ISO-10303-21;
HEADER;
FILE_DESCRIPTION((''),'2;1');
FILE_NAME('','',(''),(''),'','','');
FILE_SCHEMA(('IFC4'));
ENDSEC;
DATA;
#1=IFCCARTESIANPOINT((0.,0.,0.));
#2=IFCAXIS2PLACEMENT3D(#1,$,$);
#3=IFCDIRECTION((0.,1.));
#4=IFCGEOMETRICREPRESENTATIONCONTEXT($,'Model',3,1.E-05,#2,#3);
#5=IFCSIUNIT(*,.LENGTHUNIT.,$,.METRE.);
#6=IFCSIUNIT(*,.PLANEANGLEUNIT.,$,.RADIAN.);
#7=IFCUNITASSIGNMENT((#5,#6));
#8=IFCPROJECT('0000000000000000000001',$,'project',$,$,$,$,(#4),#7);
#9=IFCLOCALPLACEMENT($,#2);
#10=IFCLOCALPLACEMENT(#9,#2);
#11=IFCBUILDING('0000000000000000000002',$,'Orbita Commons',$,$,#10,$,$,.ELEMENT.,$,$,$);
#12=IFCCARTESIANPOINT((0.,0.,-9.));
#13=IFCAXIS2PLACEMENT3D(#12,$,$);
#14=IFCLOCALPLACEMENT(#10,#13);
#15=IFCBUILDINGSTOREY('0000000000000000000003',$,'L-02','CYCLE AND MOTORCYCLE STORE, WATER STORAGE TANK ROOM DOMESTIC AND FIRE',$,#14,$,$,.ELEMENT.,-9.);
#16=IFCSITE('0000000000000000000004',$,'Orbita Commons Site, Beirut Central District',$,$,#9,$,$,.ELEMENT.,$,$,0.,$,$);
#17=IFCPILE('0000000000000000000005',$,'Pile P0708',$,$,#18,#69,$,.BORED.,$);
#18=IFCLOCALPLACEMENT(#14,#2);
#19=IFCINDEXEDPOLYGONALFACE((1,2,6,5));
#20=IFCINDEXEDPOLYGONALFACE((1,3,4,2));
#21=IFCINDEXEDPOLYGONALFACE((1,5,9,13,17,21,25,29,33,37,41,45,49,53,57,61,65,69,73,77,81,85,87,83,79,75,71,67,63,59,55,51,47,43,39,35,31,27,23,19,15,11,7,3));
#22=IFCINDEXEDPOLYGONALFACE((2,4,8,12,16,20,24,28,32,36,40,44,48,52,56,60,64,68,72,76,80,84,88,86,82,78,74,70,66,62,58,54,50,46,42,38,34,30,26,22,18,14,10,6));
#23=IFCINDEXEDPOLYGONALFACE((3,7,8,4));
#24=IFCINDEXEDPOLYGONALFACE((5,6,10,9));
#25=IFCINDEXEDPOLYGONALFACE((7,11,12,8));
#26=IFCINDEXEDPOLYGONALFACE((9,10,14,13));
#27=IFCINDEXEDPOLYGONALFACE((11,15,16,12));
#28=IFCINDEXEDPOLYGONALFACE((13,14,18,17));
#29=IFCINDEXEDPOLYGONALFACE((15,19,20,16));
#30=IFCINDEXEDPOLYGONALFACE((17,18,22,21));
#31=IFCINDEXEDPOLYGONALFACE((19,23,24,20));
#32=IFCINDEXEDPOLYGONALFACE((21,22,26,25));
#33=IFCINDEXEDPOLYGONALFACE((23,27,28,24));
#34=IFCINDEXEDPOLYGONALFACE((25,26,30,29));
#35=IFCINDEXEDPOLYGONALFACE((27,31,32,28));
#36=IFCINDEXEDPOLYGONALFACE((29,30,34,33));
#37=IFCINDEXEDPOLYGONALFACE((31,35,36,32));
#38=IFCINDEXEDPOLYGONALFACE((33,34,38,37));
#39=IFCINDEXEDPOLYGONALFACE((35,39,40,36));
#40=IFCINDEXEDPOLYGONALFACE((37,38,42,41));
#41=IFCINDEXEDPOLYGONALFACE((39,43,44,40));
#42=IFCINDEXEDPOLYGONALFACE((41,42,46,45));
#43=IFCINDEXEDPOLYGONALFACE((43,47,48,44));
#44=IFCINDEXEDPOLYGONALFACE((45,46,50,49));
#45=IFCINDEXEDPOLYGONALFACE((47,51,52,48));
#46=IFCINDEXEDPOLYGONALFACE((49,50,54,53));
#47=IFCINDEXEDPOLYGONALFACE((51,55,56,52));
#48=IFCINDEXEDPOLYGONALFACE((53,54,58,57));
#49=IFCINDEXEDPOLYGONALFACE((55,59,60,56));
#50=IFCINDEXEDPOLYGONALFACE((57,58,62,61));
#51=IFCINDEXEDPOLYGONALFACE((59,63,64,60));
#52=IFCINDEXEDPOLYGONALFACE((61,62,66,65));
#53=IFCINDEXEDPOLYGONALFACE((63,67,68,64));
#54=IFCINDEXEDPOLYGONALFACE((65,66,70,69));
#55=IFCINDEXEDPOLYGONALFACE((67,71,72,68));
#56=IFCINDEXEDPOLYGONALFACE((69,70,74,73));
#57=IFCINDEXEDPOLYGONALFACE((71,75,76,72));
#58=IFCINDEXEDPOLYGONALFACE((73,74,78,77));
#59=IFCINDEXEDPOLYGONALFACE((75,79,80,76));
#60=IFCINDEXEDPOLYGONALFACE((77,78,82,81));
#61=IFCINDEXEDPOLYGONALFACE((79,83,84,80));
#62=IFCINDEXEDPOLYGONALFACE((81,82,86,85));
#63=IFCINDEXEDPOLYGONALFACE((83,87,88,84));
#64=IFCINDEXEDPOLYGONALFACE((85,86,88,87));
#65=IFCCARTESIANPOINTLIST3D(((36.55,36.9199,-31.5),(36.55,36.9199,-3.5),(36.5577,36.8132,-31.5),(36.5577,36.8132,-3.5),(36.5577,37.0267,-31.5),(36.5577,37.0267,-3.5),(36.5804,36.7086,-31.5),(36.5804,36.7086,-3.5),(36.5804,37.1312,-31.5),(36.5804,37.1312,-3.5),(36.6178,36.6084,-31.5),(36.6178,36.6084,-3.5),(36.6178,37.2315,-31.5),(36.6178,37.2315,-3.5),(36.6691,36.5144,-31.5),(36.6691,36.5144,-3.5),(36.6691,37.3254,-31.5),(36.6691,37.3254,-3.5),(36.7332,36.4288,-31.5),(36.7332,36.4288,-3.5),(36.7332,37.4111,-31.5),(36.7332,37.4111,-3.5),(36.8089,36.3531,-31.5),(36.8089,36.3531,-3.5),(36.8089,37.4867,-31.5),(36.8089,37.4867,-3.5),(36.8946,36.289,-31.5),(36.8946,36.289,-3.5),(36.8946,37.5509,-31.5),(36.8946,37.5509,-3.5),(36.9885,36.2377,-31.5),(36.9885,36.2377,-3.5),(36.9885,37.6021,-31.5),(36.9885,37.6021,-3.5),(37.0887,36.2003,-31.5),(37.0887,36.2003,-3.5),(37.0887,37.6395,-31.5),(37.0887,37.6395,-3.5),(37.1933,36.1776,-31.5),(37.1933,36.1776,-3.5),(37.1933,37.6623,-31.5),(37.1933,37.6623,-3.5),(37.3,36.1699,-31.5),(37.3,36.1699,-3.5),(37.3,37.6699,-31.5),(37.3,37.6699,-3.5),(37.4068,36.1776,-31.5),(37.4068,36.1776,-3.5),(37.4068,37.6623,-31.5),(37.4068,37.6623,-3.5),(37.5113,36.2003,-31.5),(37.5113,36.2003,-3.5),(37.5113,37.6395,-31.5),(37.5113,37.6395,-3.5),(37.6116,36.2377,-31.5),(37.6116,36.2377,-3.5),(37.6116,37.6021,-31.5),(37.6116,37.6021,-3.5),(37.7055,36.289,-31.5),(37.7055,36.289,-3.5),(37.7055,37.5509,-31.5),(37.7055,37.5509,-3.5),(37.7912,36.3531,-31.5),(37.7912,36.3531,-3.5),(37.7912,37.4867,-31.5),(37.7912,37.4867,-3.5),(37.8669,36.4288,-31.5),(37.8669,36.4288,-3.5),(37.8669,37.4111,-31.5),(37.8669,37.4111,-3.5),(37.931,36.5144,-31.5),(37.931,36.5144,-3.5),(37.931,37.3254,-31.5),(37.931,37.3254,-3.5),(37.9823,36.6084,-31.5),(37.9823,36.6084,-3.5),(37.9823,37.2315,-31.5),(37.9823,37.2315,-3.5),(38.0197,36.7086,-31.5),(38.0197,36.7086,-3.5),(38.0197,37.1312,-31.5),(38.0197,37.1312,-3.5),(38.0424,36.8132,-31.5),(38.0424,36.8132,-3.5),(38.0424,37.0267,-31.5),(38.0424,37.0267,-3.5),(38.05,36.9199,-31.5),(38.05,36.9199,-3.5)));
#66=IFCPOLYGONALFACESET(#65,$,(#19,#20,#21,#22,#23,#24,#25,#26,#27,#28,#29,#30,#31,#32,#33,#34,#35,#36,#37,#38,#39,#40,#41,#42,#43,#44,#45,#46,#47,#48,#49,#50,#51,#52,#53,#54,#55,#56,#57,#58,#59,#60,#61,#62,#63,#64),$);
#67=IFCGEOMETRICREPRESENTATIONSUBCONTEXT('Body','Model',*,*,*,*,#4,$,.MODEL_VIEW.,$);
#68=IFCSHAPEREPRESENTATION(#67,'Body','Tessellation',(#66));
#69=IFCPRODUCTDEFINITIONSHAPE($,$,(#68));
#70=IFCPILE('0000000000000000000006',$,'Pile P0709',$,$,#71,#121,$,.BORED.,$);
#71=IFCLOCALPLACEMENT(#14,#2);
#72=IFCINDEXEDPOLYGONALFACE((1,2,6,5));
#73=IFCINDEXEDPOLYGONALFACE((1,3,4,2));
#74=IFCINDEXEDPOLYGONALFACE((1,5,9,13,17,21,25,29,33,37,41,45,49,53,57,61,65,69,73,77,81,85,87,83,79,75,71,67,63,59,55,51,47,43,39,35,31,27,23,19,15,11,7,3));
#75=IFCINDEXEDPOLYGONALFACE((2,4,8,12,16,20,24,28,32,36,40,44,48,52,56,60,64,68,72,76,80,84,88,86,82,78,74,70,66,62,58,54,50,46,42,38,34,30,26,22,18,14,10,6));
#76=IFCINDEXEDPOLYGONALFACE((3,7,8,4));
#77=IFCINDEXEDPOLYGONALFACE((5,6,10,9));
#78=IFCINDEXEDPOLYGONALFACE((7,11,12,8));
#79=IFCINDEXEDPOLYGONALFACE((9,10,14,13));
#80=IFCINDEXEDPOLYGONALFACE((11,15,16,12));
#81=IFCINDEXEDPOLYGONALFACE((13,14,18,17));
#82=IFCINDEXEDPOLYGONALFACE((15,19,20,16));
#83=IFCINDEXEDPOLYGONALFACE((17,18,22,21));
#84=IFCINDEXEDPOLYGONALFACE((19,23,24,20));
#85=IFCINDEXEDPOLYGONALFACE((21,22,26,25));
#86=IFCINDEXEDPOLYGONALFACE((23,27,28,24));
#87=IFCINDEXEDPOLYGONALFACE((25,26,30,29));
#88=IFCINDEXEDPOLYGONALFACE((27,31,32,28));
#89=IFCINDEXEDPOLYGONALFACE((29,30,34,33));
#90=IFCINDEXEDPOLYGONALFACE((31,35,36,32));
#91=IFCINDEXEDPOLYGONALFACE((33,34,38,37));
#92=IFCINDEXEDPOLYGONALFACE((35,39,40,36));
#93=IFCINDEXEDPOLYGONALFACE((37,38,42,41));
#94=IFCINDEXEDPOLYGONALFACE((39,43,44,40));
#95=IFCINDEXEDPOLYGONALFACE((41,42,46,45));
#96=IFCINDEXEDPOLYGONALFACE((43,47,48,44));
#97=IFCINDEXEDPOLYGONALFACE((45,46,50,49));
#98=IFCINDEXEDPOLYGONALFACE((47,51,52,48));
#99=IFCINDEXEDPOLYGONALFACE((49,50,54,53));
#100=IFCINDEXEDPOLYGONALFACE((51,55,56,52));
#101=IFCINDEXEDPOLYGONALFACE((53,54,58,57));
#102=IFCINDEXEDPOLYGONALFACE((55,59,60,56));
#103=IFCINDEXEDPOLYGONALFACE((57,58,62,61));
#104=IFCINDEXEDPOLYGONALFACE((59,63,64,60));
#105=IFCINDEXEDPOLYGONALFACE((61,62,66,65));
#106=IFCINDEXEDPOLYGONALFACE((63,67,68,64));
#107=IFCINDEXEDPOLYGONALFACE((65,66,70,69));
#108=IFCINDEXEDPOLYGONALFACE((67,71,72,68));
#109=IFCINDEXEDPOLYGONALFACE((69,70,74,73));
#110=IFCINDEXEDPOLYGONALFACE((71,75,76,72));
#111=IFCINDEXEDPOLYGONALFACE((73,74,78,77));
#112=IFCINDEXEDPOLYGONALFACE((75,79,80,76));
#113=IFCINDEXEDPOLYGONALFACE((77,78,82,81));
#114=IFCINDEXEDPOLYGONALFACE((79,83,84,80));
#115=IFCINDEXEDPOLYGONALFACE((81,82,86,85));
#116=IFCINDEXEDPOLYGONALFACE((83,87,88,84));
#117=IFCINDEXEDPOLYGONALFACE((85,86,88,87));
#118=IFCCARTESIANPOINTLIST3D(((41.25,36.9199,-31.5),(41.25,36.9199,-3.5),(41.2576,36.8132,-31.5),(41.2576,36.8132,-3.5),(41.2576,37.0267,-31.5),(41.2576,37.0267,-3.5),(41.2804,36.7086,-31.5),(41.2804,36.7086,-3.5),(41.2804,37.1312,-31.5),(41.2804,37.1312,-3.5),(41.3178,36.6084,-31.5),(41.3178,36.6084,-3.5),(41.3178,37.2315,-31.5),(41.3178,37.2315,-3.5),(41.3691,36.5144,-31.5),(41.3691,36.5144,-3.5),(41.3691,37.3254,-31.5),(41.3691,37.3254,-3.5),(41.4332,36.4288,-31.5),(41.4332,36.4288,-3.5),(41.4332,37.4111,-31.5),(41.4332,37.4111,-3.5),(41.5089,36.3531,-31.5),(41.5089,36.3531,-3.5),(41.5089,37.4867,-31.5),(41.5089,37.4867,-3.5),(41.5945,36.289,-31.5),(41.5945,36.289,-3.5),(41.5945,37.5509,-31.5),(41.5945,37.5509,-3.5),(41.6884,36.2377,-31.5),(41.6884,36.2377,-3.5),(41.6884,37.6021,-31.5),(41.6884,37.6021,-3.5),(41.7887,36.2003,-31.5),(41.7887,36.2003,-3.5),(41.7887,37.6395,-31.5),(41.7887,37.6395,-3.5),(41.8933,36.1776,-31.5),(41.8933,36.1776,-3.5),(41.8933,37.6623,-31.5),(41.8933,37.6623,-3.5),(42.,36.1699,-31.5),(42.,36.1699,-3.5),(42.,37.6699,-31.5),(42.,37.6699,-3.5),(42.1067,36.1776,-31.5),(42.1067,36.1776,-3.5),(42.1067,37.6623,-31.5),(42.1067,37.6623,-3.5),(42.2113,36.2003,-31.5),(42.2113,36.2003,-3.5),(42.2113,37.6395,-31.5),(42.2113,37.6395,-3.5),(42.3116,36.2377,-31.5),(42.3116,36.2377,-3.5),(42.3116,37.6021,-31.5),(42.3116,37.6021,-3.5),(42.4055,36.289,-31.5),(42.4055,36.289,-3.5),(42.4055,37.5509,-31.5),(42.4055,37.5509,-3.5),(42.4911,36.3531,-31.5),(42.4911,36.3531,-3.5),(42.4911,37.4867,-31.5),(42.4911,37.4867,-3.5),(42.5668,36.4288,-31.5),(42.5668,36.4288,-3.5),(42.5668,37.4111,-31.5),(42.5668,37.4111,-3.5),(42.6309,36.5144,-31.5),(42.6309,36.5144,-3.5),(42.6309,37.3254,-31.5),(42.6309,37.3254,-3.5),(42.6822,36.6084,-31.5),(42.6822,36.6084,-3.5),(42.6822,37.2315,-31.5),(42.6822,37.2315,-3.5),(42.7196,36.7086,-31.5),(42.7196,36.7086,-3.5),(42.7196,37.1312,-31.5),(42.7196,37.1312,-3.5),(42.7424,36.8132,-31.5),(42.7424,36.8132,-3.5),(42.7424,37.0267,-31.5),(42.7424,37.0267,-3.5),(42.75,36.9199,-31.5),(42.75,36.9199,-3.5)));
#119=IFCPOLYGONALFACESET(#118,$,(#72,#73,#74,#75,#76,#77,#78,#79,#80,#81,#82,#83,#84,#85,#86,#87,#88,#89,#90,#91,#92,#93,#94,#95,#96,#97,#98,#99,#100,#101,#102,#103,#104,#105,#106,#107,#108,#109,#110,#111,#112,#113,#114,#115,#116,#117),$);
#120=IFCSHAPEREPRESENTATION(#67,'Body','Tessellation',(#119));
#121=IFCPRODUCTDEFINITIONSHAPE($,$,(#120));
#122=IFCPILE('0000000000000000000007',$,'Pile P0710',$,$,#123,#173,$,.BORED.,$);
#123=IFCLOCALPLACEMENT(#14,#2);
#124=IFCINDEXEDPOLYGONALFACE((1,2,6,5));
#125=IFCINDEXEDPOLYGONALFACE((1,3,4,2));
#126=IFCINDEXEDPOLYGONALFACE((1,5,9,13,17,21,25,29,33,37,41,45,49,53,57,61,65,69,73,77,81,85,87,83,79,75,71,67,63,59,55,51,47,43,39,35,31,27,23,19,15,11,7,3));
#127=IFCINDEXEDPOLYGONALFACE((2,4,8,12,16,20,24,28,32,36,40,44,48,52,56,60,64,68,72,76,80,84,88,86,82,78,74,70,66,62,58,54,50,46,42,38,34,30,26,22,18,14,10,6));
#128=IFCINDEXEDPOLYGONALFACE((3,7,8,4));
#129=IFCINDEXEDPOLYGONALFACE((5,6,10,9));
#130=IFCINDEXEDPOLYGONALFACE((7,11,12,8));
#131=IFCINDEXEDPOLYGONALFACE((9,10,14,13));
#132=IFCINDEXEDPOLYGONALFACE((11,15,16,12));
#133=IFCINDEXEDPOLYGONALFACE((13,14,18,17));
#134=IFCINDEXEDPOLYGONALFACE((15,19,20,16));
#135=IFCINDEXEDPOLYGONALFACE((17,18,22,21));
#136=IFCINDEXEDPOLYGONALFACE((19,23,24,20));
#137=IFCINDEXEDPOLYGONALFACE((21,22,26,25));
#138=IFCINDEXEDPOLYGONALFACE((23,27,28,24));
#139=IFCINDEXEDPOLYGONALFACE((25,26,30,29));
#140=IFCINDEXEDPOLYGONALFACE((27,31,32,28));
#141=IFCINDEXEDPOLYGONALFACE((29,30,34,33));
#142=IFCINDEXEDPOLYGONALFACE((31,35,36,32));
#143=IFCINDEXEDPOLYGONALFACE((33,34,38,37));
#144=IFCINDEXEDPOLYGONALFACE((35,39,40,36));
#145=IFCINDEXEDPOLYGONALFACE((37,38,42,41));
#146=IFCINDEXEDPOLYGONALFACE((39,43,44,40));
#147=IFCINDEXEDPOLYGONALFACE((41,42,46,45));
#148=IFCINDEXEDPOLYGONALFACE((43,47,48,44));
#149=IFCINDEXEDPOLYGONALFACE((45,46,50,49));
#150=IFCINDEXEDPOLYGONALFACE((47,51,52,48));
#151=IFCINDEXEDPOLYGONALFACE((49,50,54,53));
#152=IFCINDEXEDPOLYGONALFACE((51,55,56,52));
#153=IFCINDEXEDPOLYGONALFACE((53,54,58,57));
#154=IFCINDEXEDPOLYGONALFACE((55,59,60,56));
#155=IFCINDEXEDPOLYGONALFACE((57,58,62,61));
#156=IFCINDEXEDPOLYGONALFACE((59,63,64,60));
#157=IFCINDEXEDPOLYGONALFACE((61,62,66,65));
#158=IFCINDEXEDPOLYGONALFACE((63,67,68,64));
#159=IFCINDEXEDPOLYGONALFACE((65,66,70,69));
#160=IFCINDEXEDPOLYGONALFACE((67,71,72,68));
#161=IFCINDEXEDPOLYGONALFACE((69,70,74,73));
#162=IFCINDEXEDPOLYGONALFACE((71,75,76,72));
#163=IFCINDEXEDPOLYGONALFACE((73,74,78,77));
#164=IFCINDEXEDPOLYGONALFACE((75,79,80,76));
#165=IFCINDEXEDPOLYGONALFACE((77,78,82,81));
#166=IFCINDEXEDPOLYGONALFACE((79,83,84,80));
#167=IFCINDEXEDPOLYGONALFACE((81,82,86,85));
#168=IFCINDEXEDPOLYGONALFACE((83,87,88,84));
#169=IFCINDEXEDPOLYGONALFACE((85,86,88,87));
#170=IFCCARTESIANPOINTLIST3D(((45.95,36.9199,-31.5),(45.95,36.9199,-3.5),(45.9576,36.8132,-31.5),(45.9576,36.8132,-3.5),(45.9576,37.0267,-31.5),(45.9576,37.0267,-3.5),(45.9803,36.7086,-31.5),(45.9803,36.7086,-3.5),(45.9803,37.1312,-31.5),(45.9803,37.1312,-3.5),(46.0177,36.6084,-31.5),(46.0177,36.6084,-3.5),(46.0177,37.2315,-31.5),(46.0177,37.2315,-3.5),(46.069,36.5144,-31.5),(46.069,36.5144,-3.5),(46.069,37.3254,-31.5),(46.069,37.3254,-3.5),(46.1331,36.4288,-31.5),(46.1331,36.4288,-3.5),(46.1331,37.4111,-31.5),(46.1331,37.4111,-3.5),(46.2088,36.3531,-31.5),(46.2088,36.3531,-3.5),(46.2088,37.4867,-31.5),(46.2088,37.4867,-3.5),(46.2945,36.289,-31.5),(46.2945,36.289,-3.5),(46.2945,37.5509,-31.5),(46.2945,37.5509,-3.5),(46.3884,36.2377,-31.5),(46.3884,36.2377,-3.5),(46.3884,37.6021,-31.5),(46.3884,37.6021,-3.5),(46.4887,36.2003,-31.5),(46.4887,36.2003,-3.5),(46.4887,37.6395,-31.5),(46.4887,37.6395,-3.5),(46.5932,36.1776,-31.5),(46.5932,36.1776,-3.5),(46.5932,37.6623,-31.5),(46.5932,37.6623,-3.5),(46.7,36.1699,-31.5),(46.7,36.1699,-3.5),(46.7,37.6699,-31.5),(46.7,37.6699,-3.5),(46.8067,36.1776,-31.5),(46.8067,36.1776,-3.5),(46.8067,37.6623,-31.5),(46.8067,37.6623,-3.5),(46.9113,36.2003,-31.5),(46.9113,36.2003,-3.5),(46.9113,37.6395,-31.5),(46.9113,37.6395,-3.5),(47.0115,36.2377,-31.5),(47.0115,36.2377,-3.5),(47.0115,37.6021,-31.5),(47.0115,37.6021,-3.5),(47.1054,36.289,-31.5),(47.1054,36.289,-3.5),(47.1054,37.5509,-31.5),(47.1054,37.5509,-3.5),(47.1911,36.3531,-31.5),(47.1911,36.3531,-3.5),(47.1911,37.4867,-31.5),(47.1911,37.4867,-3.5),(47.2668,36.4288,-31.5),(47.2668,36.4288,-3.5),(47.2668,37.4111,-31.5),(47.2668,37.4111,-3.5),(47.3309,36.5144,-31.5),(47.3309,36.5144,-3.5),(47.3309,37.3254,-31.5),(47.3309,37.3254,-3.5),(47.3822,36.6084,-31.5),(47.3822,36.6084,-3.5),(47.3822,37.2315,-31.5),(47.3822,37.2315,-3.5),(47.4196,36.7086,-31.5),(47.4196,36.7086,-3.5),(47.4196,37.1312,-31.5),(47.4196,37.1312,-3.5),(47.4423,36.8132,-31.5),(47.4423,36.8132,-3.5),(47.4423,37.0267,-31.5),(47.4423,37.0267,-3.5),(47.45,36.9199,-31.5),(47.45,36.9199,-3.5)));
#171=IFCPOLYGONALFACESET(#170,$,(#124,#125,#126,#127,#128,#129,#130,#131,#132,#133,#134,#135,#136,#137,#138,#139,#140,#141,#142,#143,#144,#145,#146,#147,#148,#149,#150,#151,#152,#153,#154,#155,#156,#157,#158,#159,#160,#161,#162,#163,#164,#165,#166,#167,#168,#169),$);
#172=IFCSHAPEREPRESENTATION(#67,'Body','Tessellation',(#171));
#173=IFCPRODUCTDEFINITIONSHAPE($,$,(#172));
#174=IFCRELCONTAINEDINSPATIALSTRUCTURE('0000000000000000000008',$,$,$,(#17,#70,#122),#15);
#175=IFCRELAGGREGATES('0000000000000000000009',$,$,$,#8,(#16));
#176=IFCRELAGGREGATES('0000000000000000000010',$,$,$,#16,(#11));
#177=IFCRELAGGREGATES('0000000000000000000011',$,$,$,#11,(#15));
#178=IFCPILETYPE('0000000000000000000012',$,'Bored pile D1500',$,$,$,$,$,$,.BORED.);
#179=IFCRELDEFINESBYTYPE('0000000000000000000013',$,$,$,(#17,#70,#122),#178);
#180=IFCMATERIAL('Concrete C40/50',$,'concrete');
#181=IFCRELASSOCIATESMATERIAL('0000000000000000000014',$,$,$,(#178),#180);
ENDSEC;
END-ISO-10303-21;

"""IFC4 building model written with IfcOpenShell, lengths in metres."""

from ifc_helpers import new_model, si_unit, direction, frame, origin, origin_2d, place, context, subcontext, project, spatial, circle, extrude, material, material_profile, profile_set, type_object, element, save


model = new_model("IFC4")

# Units and contexts
model_context = context("Model", 3, precision=1e-05, world=origin(), true_north=direction((0.0, 1.0)))
body_context = subcontext(model_context, "Body", "Model", "MODEL_VIEW")
ifc_project = project(units=[si_unit("LENGTHUNIT", "METRE"), si_unit("PLANEANGLEUNIT", "RADIAN")], contexts=[model_context])

# Site, building, storey
site_placement = place(None, origin())
site = spatial("IfcSite", under=ifc_project, at=site_placement, Name="Orbita Commons Site, Beirut Central District", CompositionType="ELEMENT", RefElevation=0.0)
building_placement = place(site_placement, origin())
building = spatial("IfcBuilding", under=site, at=building_placement, Name="Orbita Commons", CompositionType="ELEMENT")
storey_placement = place(building_placement, frame((0.0, 0.0, -9.0)))
storey = spatial("IfcBuildingStorey", under=building, at=storey_placement, Name="L-02", Description="CYCLE AND MOTORCYCLE STORE, WATER STORAGE TANK ROOM DOMESTIC AND FIRE", CompositionType="ELEMENT", Elevation=-9.0)

# Piles
ifc_material_1 = material(Name="Concrete C40/50", Category="concrete")
ifc_material_profile = material_profile(ifc_material_1, circle(Radius=0.75, at=origin_2d()), Name="RC D1500")
ifc_profile_set = profile_set([ifc_material_profile], Name="Concrete C40/50")
pile_type = type_object("IfcPileType", Name="Bored pile D1500", PredefinedType="BORED", material=ifc_profile_set)
for number, where, z_axis, x_axis, name in (
    (1, (37.3, 36.9199, -3.5), (0.0, 0.0, -1.0), (1.0, 0.0, 0.0), "Pile P0708"),
    (2, (42.0, 36.9199, -3.5), (0.0, 0.0, -1.0), (1.0, 0.0, 0.0), "Pile P0709"),
    (3, (46.7, 36.9199, -3.5), (0.0, 0.0, -1.0), (1.0, 0.0, 0.0), "Pile P0710"),
):
    element("IfcPile", number, at=place(storey_placement, frame(where, z_axis=z_axis, x_axis=x_axis)), inside=storey, type_object=pile_type, Name=name, PredefinedType="BORED", context=body_context, shape_type="SweptSolid", body=[
        extrude(circle(Radius=0.75, at=origin_2d()), origin(), (0.0, 0.0, 1.0), 28.0),
    ])

save(model, "model.ifc")
